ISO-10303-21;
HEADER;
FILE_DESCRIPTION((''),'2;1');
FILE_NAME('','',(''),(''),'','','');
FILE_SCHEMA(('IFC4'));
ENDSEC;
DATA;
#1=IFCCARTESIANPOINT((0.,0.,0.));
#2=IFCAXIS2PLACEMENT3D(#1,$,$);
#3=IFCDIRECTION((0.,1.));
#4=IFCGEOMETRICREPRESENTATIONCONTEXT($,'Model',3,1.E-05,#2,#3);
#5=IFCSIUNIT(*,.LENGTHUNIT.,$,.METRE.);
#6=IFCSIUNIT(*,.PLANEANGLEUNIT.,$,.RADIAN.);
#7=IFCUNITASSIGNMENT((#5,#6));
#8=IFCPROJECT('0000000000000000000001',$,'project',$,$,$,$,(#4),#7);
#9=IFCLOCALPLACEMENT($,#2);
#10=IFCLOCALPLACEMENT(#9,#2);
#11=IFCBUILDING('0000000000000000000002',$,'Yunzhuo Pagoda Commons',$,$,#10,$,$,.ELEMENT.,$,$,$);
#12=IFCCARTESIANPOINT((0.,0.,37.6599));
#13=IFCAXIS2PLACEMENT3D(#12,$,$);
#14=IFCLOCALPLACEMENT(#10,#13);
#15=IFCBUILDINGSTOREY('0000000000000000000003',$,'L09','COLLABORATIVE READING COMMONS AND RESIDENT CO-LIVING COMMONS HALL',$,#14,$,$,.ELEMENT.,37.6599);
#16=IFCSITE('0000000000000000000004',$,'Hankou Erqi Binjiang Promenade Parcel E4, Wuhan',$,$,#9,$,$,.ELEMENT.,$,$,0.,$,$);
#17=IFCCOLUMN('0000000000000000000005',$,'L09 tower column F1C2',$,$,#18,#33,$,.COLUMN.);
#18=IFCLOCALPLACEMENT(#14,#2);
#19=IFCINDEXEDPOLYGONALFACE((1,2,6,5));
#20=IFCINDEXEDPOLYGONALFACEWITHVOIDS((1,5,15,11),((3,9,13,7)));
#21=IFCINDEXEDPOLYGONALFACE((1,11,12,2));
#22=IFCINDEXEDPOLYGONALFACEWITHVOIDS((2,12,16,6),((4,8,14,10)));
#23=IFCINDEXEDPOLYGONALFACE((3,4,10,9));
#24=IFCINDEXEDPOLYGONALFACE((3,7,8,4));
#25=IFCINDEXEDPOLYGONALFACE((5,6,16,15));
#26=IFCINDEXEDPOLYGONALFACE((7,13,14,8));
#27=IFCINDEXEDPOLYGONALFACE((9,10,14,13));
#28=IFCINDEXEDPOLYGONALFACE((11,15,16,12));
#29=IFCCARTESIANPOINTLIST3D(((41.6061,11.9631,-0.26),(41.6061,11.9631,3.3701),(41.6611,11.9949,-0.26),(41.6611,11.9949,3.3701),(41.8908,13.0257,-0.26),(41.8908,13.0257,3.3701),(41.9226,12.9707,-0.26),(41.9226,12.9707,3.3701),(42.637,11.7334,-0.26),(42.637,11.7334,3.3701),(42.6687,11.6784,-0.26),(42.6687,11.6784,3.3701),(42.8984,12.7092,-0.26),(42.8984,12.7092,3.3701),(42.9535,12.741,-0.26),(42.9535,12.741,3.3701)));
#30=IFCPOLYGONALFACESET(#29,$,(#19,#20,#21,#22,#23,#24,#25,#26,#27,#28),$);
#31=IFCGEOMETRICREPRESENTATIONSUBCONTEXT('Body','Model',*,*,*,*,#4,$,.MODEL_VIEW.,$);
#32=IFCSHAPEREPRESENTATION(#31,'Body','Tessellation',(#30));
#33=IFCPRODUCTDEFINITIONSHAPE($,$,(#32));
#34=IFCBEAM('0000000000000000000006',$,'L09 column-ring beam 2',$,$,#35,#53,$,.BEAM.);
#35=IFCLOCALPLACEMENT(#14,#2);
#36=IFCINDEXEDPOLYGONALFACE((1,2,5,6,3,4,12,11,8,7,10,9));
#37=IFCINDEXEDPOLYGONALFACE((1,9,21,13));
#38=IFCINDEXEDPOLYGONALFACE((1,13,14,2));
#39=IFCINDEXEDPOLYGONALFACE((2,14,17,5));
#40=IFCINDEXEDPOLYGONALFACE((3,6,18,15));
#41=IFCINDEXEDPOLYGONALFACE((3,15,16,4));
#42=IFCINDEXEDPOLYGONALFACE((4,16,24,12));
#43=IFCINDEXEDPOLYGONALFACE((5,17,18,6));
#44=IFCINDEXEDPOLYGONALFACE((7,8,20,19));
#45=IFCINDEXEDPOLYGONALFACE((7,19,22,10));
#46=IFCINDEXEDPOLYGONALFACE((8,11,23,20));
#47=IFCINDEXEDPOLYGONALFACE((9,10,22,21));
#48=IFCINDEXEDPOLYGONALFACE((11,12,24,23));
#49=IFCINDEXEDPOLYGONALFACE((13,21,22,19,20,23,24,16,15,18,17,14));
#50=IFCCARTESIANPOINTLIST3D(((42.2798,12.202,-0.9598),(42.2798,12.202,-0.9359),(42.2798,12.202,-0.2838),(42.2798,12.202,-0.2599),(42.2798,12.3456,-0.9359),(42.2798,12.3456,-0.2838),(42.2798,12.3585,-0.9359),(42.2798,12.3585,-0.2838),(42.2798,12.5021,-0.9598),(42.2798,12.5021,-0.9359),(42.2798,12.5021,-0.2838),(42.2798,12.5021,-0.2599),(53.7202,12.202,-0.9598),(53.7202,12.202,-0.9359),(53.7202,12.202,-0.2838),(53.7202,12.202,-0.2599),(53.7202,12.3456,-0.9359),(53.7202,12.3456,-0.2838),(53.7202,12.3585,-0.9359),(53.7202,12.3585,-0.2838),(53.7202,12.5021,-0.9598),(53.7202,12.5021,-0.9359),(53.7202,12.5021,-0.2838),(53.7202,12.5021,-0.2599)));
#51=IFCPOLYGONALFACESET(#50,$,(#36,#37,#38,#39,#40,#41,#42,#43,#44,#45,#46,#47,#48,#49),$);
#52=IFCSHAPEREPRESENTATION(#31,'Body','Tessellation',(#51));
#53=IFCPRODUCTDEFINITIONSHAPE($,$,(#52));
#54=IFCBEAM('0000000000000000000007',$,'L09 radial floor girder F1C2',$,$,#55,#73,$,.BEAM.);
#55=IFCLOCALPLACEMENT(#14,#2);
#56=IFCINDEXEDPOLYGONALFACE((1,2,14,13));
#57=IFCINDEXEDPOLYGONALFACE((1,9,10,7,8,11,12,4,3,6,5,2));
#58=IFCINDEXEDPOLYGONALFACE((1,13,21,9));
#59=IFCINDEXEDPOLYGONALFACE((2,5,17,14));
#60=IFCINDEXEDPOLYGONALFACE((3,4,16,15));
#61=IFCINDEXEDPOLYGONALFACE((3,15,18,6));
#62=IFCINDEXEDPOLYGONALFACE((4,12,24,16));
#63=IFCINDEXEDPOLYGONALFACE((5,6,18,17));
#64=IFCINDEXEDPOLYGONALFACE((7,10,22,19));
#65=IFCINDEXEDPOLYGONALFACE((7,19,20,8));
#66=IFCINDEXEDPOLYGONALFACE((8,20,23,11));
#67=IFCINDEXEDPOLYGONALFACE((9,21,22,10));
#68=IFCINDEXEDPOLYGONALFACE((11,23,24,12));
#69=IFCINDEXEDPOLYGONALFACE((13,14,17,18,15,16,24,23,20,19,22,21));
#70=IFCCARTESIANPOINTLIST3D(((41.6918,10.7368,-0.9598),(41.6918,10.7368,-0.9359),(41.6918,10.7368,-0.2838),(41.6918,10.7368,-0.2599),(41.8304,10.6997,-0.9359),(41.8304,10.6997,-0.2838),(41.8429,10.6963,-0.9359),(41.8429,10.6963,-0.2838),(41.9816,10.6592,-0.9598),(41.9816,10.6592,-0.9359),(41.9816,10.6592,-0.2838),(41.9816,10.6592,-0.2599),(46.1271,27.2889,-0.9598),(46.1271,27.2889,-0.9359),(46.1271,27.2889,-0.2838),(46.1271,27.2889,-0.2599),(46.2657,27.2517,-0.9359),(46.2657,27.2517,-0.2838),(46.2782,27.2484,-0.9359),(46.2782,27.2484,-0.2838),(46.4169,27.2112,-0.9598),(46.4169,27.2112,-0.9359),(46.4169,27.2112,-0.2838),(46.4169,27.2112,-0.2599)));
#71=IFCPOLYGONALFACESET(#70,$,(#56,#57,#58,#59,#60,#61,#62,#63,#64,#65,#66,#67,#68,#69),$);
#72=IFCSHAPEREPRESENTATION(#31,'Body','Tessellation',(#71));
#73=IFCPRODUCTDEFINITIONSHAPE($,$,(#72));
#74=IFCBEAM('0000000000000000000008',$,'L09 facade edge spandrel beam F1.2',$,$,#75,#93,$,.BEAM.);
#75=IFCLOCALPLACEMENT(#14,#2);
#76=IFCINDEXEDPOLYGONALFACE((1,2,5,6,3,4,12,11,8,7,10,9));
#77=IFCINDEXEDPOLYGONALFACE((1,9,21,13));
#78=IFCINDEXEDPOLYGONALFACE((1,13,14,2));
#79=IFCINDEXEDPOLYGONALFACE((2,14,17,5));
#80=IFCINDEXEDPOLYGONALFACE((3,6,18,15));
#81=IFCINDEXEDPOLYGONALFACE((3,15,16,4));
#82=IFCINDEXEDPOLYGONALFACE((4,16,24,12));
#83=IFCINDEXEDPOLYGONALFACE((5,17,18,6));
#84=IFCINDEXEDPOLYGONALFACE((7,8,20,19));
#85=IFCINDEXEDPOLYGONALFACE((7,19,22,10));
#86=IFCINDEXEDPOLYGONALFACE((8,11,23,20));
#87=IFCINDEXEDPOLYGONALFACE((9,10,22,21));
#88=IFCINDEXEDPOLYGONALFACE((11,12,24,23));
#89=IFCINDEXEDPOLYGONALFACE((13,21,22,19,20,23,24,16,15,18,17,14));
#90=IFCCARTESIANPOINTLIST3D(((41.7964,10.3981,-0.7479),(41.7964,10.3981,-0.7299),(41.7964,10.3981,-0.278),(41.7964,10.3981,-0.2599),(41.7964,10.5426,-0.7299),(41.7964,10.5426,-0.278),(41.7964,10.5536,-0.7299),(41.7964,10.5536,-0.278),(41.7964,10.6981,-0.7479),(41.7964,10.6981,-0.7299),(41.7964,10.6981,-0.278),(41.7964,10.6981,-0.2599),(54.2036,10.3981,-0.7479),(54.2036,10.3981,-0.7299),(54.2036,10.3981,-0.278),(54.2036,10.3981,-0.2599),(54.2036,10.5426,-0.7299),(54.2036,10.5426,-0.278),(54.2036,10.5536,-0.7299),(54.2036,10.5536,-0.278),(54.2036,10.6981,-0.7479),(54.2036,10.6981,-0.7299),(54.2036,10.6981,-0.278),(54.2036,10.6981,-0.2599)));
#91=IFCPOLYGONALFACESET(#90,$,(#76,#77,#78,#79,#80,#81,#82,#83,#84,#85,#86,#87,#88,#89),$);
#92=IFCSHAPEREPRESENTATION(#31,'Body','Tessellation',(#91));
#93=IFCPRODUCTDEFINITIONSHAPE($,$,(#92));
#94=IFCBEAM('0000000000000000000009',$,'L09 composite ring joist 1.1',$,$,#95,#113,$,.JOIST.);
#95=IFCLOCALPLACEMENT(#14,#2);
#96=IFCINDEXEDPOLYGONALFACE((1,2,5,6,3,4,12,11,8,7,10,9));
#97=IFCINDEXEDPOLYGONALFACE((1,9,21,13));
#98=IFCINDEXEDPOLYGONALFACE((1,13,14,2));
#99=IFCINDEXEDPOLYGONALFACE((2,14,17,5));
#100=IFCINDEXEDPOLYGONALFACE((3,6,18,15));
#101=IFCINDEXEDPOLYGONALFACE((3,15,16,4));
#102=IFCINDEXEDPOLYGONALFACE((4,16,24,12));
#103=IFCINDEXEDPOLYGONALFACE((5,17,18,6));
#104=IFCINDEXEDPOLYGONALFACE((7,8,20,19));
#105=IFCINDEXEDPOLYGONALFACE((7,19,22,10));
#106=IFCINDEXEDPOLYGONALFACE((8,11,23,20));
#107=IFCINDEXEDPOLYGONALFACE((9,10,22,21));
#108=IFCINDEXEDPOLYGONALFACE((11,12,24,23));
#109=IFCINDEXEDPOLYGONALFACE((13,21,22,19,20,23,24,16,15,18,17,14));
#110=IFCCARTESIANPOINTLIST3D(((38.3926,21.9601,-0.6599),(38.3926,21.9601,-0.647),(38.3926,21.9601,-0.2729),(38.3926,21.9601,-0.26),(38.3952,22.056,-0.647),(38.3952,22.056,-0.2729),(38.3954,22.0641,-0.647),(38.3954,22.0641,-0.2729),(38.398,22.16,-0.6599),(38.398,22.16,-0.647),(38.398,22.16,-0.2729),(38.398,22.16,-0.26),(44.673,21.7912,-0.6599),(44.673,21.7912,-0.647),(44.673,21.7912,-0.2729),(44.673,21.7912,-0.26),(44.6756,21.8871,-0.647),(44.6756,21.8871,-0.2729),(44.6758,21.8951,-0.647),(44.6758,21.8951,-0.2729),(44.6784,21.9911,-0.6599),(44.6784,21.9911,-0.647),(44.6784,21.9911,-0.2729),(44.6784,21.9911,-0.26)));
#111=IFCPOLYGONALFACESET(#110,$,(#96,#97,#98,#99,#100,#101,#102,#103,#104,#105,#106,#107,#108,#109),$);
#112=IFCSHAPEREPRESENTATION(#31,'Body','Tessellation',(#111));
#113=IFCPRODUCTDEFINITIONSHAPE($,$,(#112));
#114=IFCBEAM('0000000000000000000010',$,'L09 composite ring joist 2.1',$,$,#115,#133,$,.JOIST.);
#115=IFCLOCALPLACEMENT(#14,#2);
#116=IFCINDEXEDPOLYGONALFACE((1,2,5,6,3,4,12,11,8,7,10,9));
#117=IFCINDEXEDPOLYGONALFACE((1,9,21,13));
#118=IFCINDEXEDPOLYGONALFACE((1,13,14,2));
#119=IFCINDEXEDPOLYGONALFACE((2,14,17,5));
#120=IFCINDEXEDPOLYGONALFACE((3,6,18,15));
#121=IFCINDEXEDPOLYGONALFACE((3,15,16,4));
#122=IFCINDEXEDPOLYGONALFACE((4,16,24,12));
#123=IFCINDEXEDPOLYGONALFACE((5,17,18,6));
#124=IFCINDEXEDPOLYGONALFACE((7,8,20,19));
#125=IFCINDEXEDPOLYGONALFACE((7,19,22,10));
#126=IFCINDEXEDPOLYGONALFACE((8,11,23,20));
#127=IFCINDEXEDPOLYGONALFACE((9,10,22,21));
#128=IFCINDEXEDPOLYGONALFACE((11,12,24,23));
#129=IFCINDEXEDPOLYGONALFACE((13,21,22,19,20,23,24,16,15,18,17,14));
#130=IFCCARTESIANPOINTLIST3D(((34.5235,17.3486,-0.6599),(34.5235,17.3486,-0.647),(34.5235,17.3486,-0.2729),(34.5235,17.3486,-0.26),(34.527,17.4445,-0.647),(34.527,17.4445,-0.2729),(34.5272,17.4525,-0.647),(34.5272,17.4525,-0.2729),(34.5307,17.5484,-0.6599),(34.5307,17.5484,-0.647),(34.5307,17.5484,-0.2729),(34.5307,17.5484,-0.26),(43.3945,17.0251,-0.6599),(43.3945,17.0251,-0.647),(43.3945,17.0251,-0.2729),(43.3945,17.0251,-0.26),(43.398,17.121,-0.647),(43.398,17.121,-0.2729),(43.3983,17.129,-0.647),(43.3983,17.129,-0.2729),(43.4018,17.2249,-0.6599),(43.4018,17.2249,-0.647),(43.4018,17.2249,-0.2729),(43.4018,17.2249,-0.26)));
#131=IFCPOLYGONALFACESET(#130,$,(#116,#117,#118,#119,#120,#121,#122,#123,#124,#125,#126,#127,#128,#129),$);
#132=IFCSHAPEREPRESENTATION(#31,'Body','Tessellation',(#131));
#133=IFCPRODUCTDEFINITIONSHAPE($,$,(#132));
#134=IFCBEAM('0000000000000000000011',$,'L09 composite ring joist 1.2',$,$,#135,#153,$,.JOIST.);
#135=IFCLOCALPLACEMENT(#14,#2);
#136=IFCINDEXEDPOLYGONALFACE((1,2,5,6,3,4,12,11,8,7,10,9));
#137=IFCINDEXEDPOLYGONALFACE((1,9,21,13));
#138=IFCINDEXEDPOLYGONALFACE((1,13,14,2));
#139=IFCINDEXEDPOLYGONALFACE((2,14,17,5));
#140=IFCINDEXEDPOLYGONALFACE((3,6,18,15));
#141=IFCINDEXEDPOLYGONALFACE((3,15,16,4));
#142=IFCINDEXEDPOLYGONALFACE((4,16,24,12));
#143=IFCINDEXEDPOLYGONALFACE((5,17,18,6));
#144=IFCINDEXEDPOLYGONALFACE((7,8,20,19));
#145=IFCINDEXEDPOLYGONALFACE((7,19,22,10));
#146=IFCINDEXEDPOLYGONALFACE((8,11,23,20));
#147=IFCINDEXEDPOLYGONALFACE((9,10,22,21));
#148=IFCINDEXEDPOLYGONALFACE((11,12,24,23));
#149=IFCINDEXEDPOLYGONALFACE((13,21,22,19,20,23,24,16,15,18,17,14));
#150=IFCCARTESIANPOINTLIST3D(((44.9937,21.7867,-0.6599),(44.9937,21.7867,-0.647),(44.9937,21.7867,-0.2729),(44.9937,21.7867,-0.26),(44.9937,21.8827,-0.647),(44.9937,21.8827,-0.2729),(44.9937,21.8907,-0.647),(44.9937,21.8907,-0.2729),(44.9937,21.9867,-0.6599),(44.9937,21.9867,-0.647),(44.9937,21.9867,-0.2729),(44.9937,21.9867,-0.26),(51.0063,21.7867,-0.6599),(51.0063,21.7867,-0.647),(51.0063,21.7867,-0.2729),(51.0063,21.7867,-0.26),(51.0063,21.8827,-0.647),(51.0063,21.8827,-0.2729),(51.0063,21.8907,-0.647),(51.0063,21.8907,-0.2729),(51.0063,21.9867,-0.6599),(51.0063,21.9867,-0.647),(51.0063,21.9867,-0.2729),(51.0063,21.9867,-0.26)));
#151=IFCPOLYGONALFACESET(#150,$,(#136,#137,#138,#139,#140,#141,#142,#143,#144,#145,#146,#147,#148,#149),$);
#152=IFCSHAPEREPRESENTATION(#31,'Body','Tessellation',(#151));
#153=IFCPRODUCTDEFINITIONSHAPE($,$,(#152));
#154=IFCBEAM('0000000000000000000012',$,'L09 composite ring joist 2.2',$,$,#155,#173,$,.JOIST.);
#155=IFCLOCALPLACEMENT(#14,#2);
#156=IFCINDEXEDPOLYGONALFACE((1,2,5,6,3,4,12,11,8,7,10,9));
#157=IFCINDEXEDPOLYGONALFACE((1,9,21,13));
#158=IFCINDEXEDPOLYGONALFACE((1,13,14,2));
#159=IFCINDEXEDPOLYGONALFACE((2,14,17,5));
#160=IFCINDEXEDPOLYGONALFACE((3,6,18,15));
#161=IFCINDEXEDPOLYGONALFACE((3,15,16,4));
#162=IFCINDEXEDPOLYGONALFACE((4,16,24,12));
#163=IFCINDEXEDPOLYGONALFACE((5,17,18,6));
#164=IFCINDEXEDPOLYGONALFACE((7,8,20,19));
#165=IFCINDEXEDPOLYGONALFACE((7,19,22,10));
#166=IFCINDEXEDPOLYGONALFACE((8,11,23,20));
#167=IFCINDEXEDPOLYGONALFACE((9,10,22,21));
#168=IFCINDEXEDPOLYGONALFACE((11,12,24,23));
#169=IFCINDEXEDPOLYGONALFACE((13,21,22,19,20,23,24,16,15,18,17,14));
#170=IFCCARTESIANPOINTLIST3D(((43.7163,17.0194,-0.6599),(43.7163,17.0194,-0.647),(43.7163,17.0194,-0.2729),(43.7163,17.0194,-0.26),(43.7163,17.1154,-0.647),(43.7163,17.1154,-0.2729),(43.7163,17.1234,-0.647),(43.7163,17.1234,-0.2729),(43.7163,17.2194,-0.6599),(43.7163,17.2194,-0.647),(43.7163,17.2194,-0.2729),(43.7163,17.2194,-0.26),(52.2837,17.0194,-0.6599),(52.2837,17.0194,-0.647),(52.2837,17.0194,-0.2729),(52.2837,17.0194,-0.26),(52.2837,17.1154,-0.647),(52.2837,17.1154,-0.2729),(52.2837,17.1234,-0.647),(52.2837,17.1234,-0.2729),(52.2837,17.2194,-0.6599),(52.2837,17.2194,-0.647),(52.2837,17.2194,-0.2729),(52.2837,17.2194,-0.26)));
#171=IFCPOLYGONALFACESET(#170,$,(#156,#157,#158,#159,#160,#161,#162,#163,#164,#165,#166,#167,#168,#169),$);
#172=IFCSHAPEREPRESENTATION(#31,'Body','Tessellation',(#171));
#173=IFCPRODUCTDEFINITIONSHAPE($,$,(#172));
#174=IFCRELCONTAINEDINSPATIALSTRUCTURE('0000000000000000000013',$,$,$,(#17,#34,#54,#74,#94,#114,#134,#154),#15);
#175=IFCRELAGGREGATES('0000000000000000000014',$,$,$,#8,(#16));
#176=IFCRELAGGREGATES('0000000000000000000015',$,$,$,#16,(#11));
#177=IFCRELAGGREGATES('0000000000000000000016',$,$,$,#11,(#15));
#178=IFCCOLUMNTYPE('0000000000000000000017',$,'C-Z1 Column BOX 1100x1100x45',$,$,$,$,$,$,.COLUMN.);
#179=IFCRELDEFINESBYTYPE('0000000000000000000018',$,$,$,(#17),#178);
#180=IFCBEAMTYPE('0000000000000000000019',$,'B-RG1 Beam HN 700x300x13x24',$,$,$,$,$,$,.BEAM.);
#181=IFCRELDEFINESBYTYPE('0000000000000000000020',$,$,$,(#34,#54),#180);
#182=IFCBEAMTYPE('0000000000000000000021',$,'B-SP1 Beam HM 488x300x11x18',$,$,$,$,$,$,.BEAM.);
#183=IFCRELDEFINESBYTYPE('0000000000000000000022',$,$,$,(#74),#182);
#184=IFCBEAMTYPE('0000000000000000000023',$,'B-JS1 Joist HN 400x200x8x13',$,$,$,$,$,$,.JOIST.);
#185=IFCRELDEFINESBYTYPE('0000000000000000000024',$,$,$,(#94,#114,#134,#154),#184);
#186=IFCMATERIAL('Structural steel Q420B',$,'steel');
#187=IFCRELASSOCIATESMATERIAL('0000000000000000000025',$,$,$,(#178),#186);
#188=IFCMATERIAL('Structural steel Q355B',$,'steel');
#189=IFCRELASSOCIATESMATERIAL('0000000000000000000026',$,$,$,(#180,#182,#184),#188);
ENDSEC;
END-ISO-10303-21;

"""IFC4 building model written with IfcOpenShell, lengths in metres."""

from ifc_helpers import new_model, si_unit, direction, frame, origin, origin_2d, place, context, subcontext, project, spatial, hollow_rectangle, i_section, extrude, source, transform, mapped, material, material_profile, profile_set, type_object, element, save


model = new_model("IFC4")

# Units and contexts
model_context = context("Model", 3, precision=1e-05, world=origin(), true_north=direction((0.0, 1.0)))
body_context = subcontext(model_context, "Body", "Model", "MODEL_VIEW")
ifc_project = project(units=[si_unit("LENGTHUNIT", "METRE"), si_unit("PLANEANGLEUNIT", "RADIAN")], contexts=[model_context])

# Site, building, storey
site_placement = place(None, origin())
site = spatial("IfcSite", under=ifc_project, at=site_placement, Name="Hankou Erqi Binjiang Promenade Parcel E4, Wuhan", CompositionType="ELEMENT", RefElevation=0.0)
building_placement = place(site_placement, origin())
building = spatial("IfcBuilding", under=site, at=building_placement, Name="Yunzhuo Pagoda Commons", CompositionType="ELEMENT")
storey_placement = place(building_placement, frame((0.0, 0.0, 37.6599)))
storey = spatial("IfcBuildingStorey", under=building, at=storey_placement, Name="L09", Description="COLLABORATIVE READING COMMONS AND RESIDENT CO-LIVING COMMONS HALL", CompositionType="ELEMENT", Elevation=37.6599)

# Column
ifc_material_1 = material(Name="Structural steel Q420B", Category="steel")
ifc_material_profile_1 = material_profile(ifc_material_1, hollow_rectangle(XDim=1.1001, YDim=1.1001, WallThickness=0.0449, at=origin_2d()), Name="Structural steel Q420B")
ifc_profile_set_1 = profile_set([ifc_material_profile_1], Name="Structural steel Q420B")
column_type = type_object("IfcColumnType", Name="C-Z1 Column BOX 1100x1100x45", PredefinedType="COLUMN", material=ifc_profile_set_1)
shared_shape_1 = source(origin(), body_context, "Body", "SweptSolid", [
    extrude(hollow_rectangle(XDim=1.1001, YDim=1.1001, WallThickness=0.0449, at=origin_2d()), origin(), (0.0, 0.0, 1.0), 3.6301),
])
column_placement = place(storey_placement, frame((42.2798, 12.3521, -0.26), z_axis=(0.0, 0.0, 1.0), x_axis=(0.965926, -0.258819, 0.0)))
element("IfcColumn", 1, at=column_placement, inside=storey, type_object=column_type, Name="L09 tower column F1C2", PredefinedType="COLUMN", context=body_context, shape_type="MappedRepresentation", body=[
    mapped(shared_shape_1, transform((0.0, 0.0, 0.0), scale=1.0)),
])

# Beams
ifc_material_2 = material(Name="Structural steel Q355B", Category="steel")
ifc_material_profile_2 = material_profile(ifc_material_2, i_section(OverallWidth=0.3, OverallDepth=0.7, WebThickness=0.0129, FlangeThickness=0.0239, at=origin_2d()), Name="Structural steel Q355B")
ifc_profile_set_2 = profile_set([ifc_material_profile_2], Name="Structural steel Q355B")
beam_type_1 = type_object("IfcBeamType", Name="B-RG1 Beam HN 700x300x13x24", PredefinedType="BEAM", material=ifc_profile_set_2)
shared_shape_2 = source(origin(), body_context, "Body", "SweptSolid", [
    extrude(i_section(OverallWidth=0.3, OverallDepth=0.7, WebThickness=0.0129, FlangeThickness=0.0239, at=origin_2d()), origin(), (0.0, 0.0, 1.0), 11.4404),
])
beam_1_placement = place(storey_placement, frame((42.2798, 12.3521, -0.6099), z_axis=(1.0, 0.0, 0.0), x_axis=(0.0, 1.0, 0.0)))
element("IfcBeam", 2, at=beam_1_placement, inside=storey, type_object=beam_type_1, Name="L09 column-ring beam 2", PredefinedType="BEAM", context=body_context, shape_type="MappedRepresentation", body=[
    mapped(shared_shape_2, transform((0.0, 0.0, 0.0), scale=1.0)),
])
shared_shape_3 = source(origin(), body_context, "Body", "SweptSolid", [
    extrude(i_section(OverallWidth=0.3, OverallDepth=0.7, WebThickness=0.0129, FlangeThickness=0.0239, at=origin_2d()), origin(), (0.0, 0.0, 1.0), 17.136),
])
beam_2_placement = place(storey_placement, frame((41.8367, 10.698, -0.6099), z_axis=(0.25883, 0.965923, 0.0), x_axis=(-0.965923, 0.25883, 0.0)))
element("IfcBeam", 3, at=beam_2_placement, inside=storey, type_object=beam_type_1, Name="L09 radial floor girder F1C2", PredefinedType="BEAM", context=body_context, shape_type="MappedRepresentation", body=[
    mapped(shared_shape_3, transform((0.0, 0.0, 0.0), scale=1.0)),
])
ifc_material_profile_3 = material_profile(ifc_material_2, i_section(OverallWidth=0.3, OverallDepth=0.488, WebThickness=0.011, FlangeThickness=0.0181, at=origin_2d()), Name="Structural steel Q355B")
ifc_profile_set_3 = profile_set([ifc_material_profile_3], Name="Structural steel Q355B")
beam_type_2 = type_object("IfcBeamType", Name="B-SP1 Beam HM 488x300x11x18", PredefinedType="BEAM", material=ifc_profile_set_3)
shared_shape_4 = source(origin(), body_context, "Body", "SweptSolid", [
    extrude(i_section(OverallWidth=0.3, OverallDepth=0.488, WebThickness=0.011, FlangeThickness=0.0181, at=origin_2d()), origin(), (0.0, 0.0, 1.0), 12.4072),
])
beam_3_placement = place(storey_placement, frame((41.7964, 10.5481, -0.5039), z_axis=(1.0, 0.0, 0.0), x_axis=(0.0, 1.0, 0.0)))
element("IfcBeam", 4, at=beam_3_placement, inside=storey, type_object=beam_type_2, Name="L09 facade edge spandrel beam F1.2", PredefinedType="BEAM", context=body_context, shape_type="MappedRepresentation", body=[
    mapped(shared_shape_4, transform((0.0, 0.0, 0.0), scale=1.0)),
])
ifc_material_profile_4 = material_profile(ifc_material_2, i_section(OverallWidth=0.2, OverallDepth=0.3999, WebThickness=0.0081, FlangeThickness=0.0129, at=origin_2d()), Name="Structural steel Q355B")
ifc_profile_set_4 = profile_set([ifc_material_profile_4], Name="Structural steel Q355B")
beam_type_3 = type_object("IfcBeamType", Name="B-JS1 Joist HN 400x200x8x13", PredefinedType="JOIST", material=ifc_profile_set_4)
shared_shape_5 = source(origin(), body_context, "Body", "SweptSolid", [
    extrude(i_section(OverallWidth=0.2, OverallDepth=0.3999, WebThickness=0.0081, FlangeThickness=0.0129, at=origin_2d()), origin(), (0.0, 0.0, 1.0), 6.2827),
])
beam_4_placement = place(storey_placement, frame((38.3953, 22.0601, -0.46), z_axis=(0.999638, -0.02689, 0.0), x_axis=(0.02689, 0.999638, 0.0)))
element("IfcBeam", 5, at=beam_4_placement, inside=storey, type_object=beam_type_3, Name="L09 composite ring joist 1.1", PredefinedType="JOIST", context=body_context, shape_type="MappedRepresentation", body=[
    mapped(shared_shape_5, transform((0.0, 0.0, 0.0), scale=1.0)),
])
shared_shape_6 = source(origin(), body_context, "Body", "SweptSolid", [
    extrude(i_section(OverallWidth=0.2, OverallDepth=0.3999, WebThickness=0.0081, FlangeThickness=0.0129, at=origin_2d()), origin(), (0.0, 0.0, 1.0), 8.877),
])
beam_5_placement = place(storey_placement, frame((34.5271, 17.4485, -0.46), z_axis=(0.999336, -0.036441, 0.0), x_axis=(0.036441, 0.999336, 0.0)))
element("IfcBeam", 6, at=beam_5_placement, inside=storey, type_object=beam_type_3, Name="L09 composite ring joist 2.1", PredefinedType="JOIST", context=body_context, shape_type="MappedRepresentation", body=[
    mapped(shared_shape_6, transform((0.0, 0.0, 0.0), scale=1.0)),
])
shared_shape_7 = source(origin(), body_context, "Body", "SweptSolid", [
    extrude(i_section(OverallWidth=0.2, OverallDepth=0.3999, WebThickness=0.0081, FlangeThickness=0.0129, at=origin_2d()), origin(), (0.0, 0.0, 1.0), 6.0127),
])
beam_6_placement = place(storey_placement, frame((44.9937, 21.8867, -0.46), z_axis=(1.0, 0.0, 0.0), x_axis=(0.0, 1.0, 0.0)))
element("IfcBeam", 7, at=beam_6_placement, inside=storey, type_object=beam_type_3, Name="L09 composite ring joist 1.2", PredefinedType="JOIST", context=body_context, shape_type="MappedRepresentation", body=[
    mapped(shared_shape_7, transform((0.0, 0.0, 0.0), scale=1.0)),
])
shared_shape_8 = source(origin(), body_context, "Body", "SweptSolid", [
    extrude(i_section(OverallWidth=0.2, OverallDepth=0.3999, WebThickness=0.0081, FlangeThickness=0.0129, at=origin_2d()), origin(), (0.0, 0.0, 1.0), 8.5674),
])
beam_7_placement = place(storey_placement, frame((43.7163, 17.1194, -0.46), z_axis=(1.0, 0.0, 0.0), x_axis=(0.0, 1.0, 0.0)))
element("IfcBeam", 8, at=beam_7_placement, inside=storey, type_object=beam_type_3, Name="L09 composite ring joist 2.2", PredefinedType="JOIST", context=body_context, shape_type="MappedRepresentation", body=[
    mapped(shared_shape_8, transform((0.0, 0.0, 0.0), scale=1.0)),
])

save(model, "model.ifc")
